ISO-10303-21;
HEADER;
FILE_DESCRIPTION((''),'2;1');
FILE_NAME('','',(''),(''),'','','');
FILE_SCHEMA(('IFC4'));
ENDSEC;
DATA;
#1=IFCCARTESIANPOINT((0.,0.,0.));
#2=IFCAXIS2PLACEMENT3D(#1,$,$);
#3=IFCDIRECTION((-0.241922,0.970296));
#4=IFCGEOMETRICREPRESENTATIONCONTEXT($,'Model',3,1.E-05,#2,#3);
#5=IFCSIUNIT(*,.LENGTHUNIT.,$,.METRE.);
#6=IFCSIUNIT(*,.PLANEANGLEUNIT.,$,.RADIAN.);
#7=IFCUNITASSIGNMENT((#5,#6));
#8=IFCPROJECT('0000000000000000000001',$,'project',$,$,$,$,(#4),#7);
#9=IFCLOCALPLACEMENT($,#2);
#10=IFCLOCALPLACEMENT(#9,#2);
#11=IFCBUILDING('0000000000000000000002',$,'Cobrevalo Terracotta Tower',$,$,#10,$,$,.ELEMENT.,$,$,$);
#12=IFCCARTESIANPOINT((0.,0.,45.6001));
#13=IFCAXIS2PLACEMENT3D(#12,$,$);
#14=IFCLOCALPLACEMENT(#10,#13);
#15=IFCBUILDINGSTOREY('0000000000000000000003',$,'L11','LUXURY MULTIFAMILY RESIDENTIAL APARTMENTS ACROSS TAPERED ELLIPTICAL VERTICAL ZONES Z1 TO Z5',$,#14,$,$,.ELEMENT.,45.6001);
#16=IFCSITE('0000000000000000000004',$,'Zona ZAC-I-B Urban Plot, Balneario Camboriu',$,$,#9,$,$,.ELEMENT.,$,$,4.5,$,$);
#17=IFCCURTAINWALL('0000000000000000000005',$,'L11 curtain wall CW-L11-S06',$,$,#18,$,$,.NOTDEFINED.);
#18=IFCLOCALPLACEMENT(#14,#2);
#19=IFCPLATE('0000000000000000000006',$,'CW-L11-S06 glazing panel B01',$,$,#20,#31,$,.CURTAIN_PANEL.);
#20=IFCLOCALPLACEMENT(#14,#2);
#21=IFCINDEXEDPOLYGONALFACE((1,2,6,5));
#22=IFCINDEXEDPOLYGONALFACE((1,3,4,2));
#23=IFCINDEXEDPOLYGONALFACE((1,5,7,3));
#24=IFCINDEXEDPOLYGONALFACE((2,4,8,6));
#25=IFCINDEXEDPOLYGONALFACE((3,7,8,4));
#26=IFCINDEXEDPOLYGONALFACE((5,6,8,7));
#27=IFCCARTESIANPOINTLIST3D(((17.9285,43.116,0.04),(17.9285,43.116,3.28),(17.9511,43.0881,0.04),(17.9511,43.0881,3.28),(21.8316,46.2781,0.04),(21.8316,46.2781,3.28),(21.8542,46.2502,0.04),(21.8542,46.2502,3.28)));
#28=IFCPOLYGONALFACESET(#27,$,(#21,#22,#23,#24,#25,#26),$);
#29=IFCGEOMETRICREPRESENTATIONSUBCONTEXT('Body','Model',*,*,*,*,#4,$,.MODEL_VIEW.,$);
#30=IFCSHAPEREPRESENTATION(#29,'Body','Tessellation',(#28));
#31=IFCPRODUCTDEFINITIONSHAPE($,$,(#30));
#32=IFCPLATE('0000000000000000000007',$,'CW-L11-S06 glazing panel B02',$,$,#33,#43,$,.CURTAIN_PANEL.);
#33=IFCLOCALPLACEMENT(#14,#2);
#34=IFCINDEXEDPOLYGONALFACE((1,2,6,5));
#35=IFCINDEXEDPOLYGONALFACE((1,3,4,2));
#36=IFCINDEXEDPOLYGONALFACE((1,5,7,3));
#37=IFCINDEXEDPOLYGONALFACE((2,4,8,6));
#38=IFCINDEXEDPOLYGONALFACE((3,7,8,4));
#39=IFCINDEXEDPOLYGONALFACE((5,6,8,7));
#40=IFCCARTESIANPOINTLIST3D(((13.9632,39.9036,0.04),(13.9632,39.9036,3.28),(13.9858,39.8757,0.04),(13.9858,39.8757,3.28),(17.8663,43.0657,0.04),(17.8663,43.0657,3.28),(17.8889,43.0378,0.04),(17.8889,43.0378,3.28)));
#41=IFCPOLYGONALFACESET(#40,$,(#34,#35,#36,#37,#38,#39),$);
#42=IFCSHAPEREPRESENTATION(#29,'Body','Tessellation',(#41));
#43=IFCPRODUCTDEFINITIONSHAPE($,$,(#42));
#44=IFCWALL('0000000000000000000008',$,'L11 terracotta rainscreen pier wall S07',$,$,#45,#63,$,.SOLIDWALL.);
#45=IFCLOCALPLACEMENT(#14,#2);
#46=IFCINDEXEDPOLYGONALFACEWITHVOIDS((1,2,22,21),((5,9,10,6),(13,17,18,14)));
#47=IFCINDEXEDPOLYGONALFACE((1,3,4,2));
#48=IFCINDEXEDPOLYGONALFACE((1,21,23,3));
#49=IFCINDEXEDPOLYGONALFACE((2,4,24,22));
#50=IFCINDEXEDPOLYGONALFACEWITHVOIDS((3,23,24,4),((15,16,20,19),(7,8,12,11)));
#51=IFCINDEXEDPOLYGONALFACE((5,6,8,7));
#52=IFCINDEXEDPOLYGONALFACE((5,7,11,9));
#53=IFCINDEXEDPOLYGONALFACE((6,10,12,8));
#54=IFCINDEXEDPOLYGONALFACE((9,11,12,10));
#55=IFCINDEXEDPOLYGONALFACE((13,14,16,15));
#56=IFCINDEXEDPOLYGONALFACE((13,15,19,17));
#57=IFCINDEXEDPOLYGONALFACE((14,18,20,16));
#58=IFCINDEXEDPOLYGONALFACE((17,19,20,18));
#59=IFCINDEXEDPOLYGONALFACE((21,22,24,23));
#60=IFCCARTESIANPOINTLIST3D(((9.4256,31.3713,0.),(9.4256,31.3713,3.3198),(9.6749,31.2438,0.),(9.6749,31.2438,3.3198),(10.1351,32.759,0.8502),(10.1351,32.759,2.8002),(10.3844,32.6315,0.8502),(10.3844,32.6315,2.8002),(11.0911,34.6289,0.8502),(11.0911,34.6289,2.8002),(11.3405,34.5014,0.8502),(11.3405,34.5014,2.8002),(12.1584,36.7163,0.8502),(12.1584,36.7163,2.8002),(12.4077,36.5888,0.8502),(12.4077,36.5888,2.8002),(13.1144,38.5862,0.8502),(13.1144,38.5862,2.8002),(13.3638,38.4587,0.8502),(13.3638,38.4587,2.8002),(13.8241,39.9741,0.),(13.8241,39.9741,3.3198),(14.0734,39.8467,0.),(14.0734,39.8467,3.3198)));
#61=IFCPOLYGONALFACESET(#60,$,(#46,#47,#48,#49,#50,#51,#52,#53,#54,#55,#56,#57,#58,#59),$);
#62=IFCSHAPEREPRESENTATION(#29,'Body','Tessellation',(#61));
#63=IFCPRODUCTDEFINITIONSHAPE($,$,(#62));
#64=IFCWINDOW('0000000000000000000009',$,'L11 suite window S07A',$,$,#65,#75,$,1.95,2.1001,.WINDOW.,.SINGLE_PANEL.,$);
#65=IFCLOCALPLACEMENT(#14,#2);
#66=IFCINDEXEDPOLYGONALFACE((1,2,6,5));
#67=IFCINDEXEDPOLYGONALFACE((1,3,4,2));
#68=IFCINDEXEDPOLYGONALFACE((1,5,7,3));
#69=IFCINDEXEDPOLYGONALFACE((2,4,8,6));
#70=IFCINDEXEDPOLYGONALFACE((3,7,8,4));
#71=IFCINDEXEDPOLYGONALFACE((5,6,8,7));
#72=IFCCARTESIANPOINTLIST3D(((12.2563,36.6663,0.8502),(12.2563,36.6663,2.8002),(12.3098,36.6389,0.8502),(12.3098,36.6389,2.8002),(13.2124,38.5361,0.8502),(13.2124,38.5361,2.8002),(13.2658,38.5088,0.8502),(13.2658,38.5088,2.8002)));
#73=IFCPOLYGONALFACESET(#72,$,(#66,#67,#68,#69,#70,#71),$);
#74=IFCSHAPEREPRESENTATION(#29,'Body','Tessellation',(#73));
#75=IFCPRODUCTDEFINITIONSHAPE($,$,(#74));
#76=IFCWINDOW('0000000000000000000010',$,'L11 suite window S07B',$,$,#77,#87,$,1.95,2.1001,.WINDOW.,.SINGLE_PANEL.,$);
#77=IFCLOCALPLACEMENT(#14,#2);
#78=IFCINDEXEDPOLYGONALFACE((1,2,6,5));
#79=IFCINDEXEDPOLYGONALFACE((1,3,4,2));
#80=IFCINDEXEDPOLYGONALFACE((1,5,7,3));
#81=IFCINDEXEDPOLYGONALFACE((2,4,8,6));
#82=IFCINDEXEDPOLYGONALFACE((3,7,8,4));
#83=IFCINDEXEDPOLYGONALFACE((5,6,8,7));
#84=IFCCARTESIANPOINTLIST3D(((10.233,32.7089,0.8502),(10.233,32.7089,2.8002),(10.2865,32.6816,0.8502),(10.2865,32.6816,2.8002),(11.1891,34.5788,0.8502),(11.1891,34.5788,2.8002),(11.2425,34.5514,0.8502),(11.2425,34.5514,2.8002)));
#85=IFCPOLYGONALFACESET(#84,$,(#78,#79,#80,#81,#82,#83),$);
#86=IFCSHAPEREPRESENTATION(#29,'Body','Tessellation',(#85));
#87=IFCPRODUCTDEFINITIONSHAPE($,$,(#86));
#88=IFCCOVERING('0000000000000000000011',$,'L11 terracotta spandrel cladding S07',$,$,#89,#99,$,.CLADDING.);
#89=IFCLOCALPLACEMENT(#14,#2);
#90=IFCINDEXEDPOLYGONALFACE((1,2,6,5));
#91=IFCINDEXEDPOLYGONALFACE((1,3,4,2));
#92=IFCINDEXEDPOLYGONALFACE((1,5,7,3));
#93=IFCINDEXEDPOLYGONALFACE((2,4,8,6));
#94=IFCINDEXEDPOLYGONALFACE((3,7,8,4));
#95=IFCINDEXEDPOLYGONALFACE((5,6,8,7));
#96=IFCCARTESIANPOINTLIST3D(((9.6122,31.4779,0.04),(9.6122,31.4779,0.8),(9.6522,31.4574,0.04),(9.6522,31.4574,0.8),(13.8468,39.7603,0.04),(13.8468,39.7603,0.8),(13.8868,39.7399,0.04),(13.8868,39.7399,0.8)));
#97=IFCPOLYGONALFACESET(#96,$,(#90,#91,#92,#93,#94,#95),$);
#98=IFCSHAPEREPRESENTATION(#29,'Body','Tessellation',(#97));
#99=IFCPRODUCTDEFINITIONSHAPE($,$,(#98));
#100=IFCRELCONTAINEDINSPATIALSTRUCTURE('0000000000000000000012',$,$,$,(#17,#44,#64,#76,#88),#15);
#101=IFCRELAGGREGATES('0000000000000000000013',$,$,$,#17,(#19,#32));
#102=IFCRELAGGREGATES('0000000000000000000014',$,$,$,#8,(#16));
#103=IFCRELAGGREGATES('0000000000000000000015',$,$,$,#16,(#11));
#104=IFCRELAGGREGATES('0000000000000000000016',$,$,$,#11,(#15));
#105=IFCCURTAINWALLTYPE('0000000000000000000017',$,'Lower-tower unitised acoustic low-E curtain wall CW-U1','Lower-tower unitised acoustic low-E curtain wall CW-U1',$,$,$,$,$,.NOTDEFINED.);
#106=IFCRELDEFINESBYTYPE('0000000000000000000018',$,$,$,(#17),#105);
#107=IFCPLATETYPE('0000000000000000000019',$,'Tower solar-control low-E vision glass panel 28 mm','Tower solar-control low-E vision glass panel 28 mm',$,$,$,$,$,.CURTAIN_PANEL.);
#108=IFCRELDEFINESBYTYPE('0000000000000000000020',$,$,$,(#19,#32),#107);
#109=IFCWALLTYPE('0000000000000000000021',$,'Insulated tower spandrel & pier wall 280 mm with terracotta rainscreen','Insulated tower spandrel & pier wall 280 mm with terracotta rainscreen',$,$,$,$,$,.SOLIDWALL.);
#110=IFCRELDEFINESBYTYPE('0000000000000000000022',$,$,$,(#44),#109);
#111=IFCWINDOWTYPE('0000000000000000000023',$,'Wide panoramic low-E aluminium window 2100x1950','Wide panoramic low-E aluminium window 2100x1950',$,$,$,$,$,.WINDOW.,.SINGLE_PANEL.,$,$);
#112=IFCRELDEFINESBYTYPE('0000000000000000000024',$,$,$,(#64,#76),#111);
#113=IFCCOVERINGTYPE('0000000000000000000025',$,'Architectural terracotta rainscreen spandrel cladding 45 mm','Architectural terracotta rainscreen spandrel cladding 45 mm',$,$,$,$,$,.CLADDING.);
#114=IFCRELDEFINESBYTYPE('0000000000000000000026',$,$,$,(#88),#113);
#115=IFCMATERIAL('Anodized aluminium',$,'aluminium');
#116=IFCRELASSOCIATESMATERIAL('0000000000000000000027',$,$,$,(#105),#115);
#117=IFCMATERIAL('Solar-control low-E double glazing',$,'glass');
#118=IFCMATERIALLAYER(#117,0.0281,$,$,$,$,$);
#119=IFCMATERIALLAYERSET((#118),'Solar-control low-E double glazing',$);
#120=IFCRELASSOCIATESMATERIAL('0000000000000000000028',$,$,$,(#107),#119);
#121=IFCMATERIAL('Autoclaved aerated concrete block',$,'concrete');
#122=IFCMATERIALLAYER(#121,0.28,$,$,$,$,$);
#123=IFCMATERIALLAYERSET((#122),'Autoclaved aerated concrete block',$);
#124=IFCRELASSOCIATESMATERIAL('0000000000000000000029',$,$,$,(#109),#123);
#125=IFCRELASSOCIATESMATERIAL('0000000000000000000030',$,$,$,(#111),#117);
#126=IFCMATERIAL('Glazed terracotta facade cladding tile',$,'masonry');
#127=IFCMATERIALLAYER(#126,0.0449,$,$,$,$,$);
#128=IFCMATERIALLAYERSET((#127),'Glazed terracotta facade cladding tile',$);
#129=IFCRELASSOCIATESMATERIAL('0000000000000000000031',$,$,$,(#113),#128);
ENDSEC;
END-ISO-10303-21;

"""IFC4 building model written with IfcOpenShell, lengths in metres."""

from ifc_helpers import new_model, si_unit, direction, frame, frame_2d, origin, origin_2d, place, context, subcontext, project, spatial, rectangle, extrude, source, transform, mapped, material, layer, layer_set, type_object, element, fill, aggregate, save


model = new_model("IFC4")

# Units and contexts
model_context = context("Model", 3, precision=1e-05, world=origin(), true_north=direction((-0.241922, 0.970296)))
body_context = subcontext(model_context, "Body", "Model", "MODEL_VIEW")
ifc_project = project(units=[si_unit("LENGTHUNIT", "METRE"), si_unit("PLANEANGLEUNIT", "RADIAN")], contexts=[model_context])

# Site, building, storey
site_placement = place(None, origin())
site = spatial("IfcSite", under=ifc_project, at=site_placement, Name="Zona ZAC-I-B Urban Plot, Balneario Camboriu", CompositionType="ELEMENT", RefElevation=4.5)
building_placement = place(site_placement, origin())
building = spatial("IfcBuilding", under=site, at=building_placement, Name="Cobrevalo Terracotta Tower", CompositionType="ELEMENT")
storey_placement = place(building_placement, frame((0.0, 0.0, 45.6001)))
storey = spatial("IfcBuildingStorey", under=building, at=storey_placement, Name="L11", Description="LUXURY MULTIFAMILY RESIDENTIAL APARTMENTS ACROSS TAPERED ELLIPTICAL VERTICAL ZONES Z1 TO Z5", CompositionType="ELEMENT", Elevation=45.6001)

# Curtain wall
ifc_material_1 = material(Name="Anodized aluminium", Category="aluminium")
curtain_wall_type = type_object("IfcCurtainWallType", Name="Lower-tower unitised acoustic low-E curtain wall CW-U1", Description="Lower-tower unitised acoustic low-E curtain wall CW-U1", PredefinedType="NOTDEFINED", material=ifc_material_1)
curtain_wall_1_placement = place(storey_placement, origin())
curtain_wall_1 = element("IfcCurtainWall", 1, at=curtain_wall_1_placement, inside=storey, type_object=curtain_wall_type, Name="L11 curtain wall CW-L11-S06", PredefinedType="NOTDEFINED")

# Plates
ifc_material_2 = material(Name="Solar-control low-E double glazing", Category="glass")
ifc_layer_1 = layer(ifc_material_2, 0.0281)
ifc_layer_set_1 = layer_set([ifc_layer_1], Name="Solar-control low-E double glazing")
plate_type = type_object("IfcPlateType", Name="Tower solar-control low-E vision glass panel 28 mm", Description="Tower solar-control low-E vision glass panel 28 mm", PredefinedType="CURTAIN_PANEL", material=ifc_layer_set_1)
shared_shape_1 = source(origin(), body_context, "Body", "SweptSolid", [
    extrude(rectangle(XDim=5.0232, YDim=0.0359, at=origin_2d()), origin(), (0.0, 0.0, 1.0), 3.24),
])
plate_1_placement = place(storey_placement, frame((19.8914, 44.6831, 0.04), z_axis=(0.0, 0.0, 1.0), x_axis=(-0.777008, -0.629491, 0.0)))
plate_1 = element("IfcPlate", 2, at=plate_1_placement, type_object=plate_type, Name="CW-L11-S06 glazing panel B01", PredefinedType="CURTAIN_PANEL", context=body_context, shape_type="MappedRepresentation", body=[
    mapped(shared_shape_1, transform((0.0, 0.0, 0.0), scale=1.0)),
])
plate_2_placement = place(storey_placement, frame((15.926, 41.4707, 0.04), z_axis=(0.0, 0.0, 1.0), x_axis=(-0.777008, -0.629491, 0.0)))
plate_2 = element("IfcPlate", 3, at=plate_2_placement, type_object=plate_type, Name="CW-L11-S06 glazing panel B02", PredefinedType="CURTAIN_PANEL", context=body_context, shape_type="MappedRepresentation", body=[
    mapped(shared_shape_1, transform((0.0, 0.0, 0.0), scale=1.0)),
])
aggregate(curtain_wall_1, [plate_1, plate_2])

# Wall, openings, windows
ifc_material_3 = material(Name="Autoclaved aerated concrete block", Category="concrete")
ifc_layer_2 = layer(ifc_material_3, 0.28)
ifc_layer_set_2 = layer_set([ifc_layer_2], Name="Autoclaved aerated concrete block")
wall_type = type_object("IfcWallType", Name="Insulated tower spandrel & pier wall 280 mm with terracotta rainscreen", Description="Insulated tower spandrel & pier wall 280 mm with terracotta rainscreen", PredefinedType="SOLIDWALL", material=ifc_layer_set_2)
wall_placement = place(storey_placement, frame((13.9487, 39.9104, 0.0), z_axis=(0.0, 0.0, 1.0), x_axis=(-0.455231, -0.890373, 0.0)))
wall = element("IfcWall", 4, at=wall_placement, inside=storey, type_object=wall_type, Name="L11 terracotta rainscreen pier wall S07", PredefinedType="SOLIDWALL", context=body_context, shape_type="SweptSolid", body=[
    extrude(rectangle(XDim=9.6621, YDim=0.28, at=frame_2d((4.8311, 0.0))), origin(), (0.0, 0.0, 1.0), 3.3198),
])
opening_1_placement = place(wall_placement, frame((1.5588, 0.0, 0.8501)))
opening_1 = element("IfcOpeningElement", 5, at=opening_1_placement, cuts=wall, PredefinedType="OPENING", context=body_context, shape_type="SweptSolid", body=[
    extrude(rectangle(XDim=2.1001, YDim=1.95, at=frame_2d((1.05, 0.9751))), frame((0.0, 0.1499, 0.0), z_axis=(0.0, -1.0, 0.0), x_axis=(1.0, 0.0, 0.0)), (0.0, 0.0, 1.0), 0.3),
])
opening_2_placement = place(wall_placement, frame((6.0034, 0.0, 0.8501)))
opening_2 = element("IfcOpeningElement", 6, at=opening_2_placement, cuts=wall, PredefinedType="OPENING", context=body_context, shape_type="SweptSolid", body=[
    extrude(rectangle(XDim=2.1001, YDim=1.95, at=frame_2d((1.05, 0.9751))), frame((0.0, 0.1499, 0.0), z_axis=(0.0, -1.0, 0.0), x_axis=(1.0, 0.0, 0.0)), (0.0, 0.0, 1.0), 0.3),
])
window_type = type_object("IfcWindowType", Name="Wide panoramic low-E aluminium window 2100x1950", Description="Wide panoramic low-E aluminium window 2100x1950", PartitioningType="SINGLE_PANEL", PredefinedType="WINDOW", material=ifc_material_2)
shared_shape_2 = source(origin(), body_context, "Body", "SweptSolid", [
    extrude(rectangle(XDim=2.1001, YDim=1.95, at=frame_2d((1.05, 0.9751))), frame((0.0, 0.03, 0.0), z_axis=(0.0, -1.0, 0.0), x_axis=(1.0, 0.0, 0.0)), (0.0, 0.0, 1.0), 0.0601),
])
window_1_placement = place(opening_1_placement, origin())
window_1 = element("IfcWindow", 7, at=window_1_placement, inside=storey, type_object=window_type, Name="L11 suite window S07A", OverallHeight=1.95, OverallWidth=2.1001, PartitioningType="SINGLE_PANEL", PredefinedType="WINDOW", context=body_context, shape_type="MappedRepresentation", body=[
    mapped(shared_shape_2, transform((0.0, 0.0, 0.0), scale=1.0)),
])
fill(opening_1, window_1)
window_2_placement = place(opening_2_placement, origin())
window_2 = element("IfcWindow", 8, at=window_2_placement, inside=storey, type_object=window_type, Name="L11 suite window S07B", OverallHeight=1.95, OverallWidth=2.1001, PartitioningType="SINGLE_PANEL", PredefinedType="WINDOW", context=body_context, shape_type="MappedRepresentation", body=[
    mapped(shared_shape_2, transform((0.0, 0.0, 0.0), scale=1.0)),
])
fill(opening_2, window_2)

# Covering
ifc_material_4 = material(Name="Glazed terracotta facade cladding tile", Category="masonry")
ifc_layer_3 = layer(ifc_material_4, 0.0449)
ifc_layer_set_3 = layer_set([ifc_layer_3], Name="Glazed terracotta facade cladding tile")
covering_type = type_object("IfcCoveringType", Name="Architectural terracotta rainscreen spandrel cladding 45 mm", Description="Architectural terracotta rainscreen spandrel cladding 45 mm", PredefinedType="CLADDING", material=ifc_layer_set_3)
shared_shape_3 = source(origin(), body_context, "Body", "SweptSolid", [
    extrude(rectangle(XDim=9.3022, YDim=0.0449, at=origin_2d()), origin(), (0.0, 0.0, 1.0), 0.76),
])
covering_placement = place(storey_placement, frame((11.7495, 35.6089, 0.04), z_axis=(0.0, 0.0, 1.0), x_axis=(-0.455231, -0.890373, 0.0)))
element("IfcCovering", 9, at=covering_placement, inside=storey, type_object=covering_type, Name="L11 terracotta spandrel cladding S07", PredefinedType="CLADDING", context=body_context, shape_type="MappedRepresentation", body=[
    mapped(shared_shape_3, transform((0.0, 0.0, 0.0), scale=1.0)),
])

save(model, "model.ifc")
